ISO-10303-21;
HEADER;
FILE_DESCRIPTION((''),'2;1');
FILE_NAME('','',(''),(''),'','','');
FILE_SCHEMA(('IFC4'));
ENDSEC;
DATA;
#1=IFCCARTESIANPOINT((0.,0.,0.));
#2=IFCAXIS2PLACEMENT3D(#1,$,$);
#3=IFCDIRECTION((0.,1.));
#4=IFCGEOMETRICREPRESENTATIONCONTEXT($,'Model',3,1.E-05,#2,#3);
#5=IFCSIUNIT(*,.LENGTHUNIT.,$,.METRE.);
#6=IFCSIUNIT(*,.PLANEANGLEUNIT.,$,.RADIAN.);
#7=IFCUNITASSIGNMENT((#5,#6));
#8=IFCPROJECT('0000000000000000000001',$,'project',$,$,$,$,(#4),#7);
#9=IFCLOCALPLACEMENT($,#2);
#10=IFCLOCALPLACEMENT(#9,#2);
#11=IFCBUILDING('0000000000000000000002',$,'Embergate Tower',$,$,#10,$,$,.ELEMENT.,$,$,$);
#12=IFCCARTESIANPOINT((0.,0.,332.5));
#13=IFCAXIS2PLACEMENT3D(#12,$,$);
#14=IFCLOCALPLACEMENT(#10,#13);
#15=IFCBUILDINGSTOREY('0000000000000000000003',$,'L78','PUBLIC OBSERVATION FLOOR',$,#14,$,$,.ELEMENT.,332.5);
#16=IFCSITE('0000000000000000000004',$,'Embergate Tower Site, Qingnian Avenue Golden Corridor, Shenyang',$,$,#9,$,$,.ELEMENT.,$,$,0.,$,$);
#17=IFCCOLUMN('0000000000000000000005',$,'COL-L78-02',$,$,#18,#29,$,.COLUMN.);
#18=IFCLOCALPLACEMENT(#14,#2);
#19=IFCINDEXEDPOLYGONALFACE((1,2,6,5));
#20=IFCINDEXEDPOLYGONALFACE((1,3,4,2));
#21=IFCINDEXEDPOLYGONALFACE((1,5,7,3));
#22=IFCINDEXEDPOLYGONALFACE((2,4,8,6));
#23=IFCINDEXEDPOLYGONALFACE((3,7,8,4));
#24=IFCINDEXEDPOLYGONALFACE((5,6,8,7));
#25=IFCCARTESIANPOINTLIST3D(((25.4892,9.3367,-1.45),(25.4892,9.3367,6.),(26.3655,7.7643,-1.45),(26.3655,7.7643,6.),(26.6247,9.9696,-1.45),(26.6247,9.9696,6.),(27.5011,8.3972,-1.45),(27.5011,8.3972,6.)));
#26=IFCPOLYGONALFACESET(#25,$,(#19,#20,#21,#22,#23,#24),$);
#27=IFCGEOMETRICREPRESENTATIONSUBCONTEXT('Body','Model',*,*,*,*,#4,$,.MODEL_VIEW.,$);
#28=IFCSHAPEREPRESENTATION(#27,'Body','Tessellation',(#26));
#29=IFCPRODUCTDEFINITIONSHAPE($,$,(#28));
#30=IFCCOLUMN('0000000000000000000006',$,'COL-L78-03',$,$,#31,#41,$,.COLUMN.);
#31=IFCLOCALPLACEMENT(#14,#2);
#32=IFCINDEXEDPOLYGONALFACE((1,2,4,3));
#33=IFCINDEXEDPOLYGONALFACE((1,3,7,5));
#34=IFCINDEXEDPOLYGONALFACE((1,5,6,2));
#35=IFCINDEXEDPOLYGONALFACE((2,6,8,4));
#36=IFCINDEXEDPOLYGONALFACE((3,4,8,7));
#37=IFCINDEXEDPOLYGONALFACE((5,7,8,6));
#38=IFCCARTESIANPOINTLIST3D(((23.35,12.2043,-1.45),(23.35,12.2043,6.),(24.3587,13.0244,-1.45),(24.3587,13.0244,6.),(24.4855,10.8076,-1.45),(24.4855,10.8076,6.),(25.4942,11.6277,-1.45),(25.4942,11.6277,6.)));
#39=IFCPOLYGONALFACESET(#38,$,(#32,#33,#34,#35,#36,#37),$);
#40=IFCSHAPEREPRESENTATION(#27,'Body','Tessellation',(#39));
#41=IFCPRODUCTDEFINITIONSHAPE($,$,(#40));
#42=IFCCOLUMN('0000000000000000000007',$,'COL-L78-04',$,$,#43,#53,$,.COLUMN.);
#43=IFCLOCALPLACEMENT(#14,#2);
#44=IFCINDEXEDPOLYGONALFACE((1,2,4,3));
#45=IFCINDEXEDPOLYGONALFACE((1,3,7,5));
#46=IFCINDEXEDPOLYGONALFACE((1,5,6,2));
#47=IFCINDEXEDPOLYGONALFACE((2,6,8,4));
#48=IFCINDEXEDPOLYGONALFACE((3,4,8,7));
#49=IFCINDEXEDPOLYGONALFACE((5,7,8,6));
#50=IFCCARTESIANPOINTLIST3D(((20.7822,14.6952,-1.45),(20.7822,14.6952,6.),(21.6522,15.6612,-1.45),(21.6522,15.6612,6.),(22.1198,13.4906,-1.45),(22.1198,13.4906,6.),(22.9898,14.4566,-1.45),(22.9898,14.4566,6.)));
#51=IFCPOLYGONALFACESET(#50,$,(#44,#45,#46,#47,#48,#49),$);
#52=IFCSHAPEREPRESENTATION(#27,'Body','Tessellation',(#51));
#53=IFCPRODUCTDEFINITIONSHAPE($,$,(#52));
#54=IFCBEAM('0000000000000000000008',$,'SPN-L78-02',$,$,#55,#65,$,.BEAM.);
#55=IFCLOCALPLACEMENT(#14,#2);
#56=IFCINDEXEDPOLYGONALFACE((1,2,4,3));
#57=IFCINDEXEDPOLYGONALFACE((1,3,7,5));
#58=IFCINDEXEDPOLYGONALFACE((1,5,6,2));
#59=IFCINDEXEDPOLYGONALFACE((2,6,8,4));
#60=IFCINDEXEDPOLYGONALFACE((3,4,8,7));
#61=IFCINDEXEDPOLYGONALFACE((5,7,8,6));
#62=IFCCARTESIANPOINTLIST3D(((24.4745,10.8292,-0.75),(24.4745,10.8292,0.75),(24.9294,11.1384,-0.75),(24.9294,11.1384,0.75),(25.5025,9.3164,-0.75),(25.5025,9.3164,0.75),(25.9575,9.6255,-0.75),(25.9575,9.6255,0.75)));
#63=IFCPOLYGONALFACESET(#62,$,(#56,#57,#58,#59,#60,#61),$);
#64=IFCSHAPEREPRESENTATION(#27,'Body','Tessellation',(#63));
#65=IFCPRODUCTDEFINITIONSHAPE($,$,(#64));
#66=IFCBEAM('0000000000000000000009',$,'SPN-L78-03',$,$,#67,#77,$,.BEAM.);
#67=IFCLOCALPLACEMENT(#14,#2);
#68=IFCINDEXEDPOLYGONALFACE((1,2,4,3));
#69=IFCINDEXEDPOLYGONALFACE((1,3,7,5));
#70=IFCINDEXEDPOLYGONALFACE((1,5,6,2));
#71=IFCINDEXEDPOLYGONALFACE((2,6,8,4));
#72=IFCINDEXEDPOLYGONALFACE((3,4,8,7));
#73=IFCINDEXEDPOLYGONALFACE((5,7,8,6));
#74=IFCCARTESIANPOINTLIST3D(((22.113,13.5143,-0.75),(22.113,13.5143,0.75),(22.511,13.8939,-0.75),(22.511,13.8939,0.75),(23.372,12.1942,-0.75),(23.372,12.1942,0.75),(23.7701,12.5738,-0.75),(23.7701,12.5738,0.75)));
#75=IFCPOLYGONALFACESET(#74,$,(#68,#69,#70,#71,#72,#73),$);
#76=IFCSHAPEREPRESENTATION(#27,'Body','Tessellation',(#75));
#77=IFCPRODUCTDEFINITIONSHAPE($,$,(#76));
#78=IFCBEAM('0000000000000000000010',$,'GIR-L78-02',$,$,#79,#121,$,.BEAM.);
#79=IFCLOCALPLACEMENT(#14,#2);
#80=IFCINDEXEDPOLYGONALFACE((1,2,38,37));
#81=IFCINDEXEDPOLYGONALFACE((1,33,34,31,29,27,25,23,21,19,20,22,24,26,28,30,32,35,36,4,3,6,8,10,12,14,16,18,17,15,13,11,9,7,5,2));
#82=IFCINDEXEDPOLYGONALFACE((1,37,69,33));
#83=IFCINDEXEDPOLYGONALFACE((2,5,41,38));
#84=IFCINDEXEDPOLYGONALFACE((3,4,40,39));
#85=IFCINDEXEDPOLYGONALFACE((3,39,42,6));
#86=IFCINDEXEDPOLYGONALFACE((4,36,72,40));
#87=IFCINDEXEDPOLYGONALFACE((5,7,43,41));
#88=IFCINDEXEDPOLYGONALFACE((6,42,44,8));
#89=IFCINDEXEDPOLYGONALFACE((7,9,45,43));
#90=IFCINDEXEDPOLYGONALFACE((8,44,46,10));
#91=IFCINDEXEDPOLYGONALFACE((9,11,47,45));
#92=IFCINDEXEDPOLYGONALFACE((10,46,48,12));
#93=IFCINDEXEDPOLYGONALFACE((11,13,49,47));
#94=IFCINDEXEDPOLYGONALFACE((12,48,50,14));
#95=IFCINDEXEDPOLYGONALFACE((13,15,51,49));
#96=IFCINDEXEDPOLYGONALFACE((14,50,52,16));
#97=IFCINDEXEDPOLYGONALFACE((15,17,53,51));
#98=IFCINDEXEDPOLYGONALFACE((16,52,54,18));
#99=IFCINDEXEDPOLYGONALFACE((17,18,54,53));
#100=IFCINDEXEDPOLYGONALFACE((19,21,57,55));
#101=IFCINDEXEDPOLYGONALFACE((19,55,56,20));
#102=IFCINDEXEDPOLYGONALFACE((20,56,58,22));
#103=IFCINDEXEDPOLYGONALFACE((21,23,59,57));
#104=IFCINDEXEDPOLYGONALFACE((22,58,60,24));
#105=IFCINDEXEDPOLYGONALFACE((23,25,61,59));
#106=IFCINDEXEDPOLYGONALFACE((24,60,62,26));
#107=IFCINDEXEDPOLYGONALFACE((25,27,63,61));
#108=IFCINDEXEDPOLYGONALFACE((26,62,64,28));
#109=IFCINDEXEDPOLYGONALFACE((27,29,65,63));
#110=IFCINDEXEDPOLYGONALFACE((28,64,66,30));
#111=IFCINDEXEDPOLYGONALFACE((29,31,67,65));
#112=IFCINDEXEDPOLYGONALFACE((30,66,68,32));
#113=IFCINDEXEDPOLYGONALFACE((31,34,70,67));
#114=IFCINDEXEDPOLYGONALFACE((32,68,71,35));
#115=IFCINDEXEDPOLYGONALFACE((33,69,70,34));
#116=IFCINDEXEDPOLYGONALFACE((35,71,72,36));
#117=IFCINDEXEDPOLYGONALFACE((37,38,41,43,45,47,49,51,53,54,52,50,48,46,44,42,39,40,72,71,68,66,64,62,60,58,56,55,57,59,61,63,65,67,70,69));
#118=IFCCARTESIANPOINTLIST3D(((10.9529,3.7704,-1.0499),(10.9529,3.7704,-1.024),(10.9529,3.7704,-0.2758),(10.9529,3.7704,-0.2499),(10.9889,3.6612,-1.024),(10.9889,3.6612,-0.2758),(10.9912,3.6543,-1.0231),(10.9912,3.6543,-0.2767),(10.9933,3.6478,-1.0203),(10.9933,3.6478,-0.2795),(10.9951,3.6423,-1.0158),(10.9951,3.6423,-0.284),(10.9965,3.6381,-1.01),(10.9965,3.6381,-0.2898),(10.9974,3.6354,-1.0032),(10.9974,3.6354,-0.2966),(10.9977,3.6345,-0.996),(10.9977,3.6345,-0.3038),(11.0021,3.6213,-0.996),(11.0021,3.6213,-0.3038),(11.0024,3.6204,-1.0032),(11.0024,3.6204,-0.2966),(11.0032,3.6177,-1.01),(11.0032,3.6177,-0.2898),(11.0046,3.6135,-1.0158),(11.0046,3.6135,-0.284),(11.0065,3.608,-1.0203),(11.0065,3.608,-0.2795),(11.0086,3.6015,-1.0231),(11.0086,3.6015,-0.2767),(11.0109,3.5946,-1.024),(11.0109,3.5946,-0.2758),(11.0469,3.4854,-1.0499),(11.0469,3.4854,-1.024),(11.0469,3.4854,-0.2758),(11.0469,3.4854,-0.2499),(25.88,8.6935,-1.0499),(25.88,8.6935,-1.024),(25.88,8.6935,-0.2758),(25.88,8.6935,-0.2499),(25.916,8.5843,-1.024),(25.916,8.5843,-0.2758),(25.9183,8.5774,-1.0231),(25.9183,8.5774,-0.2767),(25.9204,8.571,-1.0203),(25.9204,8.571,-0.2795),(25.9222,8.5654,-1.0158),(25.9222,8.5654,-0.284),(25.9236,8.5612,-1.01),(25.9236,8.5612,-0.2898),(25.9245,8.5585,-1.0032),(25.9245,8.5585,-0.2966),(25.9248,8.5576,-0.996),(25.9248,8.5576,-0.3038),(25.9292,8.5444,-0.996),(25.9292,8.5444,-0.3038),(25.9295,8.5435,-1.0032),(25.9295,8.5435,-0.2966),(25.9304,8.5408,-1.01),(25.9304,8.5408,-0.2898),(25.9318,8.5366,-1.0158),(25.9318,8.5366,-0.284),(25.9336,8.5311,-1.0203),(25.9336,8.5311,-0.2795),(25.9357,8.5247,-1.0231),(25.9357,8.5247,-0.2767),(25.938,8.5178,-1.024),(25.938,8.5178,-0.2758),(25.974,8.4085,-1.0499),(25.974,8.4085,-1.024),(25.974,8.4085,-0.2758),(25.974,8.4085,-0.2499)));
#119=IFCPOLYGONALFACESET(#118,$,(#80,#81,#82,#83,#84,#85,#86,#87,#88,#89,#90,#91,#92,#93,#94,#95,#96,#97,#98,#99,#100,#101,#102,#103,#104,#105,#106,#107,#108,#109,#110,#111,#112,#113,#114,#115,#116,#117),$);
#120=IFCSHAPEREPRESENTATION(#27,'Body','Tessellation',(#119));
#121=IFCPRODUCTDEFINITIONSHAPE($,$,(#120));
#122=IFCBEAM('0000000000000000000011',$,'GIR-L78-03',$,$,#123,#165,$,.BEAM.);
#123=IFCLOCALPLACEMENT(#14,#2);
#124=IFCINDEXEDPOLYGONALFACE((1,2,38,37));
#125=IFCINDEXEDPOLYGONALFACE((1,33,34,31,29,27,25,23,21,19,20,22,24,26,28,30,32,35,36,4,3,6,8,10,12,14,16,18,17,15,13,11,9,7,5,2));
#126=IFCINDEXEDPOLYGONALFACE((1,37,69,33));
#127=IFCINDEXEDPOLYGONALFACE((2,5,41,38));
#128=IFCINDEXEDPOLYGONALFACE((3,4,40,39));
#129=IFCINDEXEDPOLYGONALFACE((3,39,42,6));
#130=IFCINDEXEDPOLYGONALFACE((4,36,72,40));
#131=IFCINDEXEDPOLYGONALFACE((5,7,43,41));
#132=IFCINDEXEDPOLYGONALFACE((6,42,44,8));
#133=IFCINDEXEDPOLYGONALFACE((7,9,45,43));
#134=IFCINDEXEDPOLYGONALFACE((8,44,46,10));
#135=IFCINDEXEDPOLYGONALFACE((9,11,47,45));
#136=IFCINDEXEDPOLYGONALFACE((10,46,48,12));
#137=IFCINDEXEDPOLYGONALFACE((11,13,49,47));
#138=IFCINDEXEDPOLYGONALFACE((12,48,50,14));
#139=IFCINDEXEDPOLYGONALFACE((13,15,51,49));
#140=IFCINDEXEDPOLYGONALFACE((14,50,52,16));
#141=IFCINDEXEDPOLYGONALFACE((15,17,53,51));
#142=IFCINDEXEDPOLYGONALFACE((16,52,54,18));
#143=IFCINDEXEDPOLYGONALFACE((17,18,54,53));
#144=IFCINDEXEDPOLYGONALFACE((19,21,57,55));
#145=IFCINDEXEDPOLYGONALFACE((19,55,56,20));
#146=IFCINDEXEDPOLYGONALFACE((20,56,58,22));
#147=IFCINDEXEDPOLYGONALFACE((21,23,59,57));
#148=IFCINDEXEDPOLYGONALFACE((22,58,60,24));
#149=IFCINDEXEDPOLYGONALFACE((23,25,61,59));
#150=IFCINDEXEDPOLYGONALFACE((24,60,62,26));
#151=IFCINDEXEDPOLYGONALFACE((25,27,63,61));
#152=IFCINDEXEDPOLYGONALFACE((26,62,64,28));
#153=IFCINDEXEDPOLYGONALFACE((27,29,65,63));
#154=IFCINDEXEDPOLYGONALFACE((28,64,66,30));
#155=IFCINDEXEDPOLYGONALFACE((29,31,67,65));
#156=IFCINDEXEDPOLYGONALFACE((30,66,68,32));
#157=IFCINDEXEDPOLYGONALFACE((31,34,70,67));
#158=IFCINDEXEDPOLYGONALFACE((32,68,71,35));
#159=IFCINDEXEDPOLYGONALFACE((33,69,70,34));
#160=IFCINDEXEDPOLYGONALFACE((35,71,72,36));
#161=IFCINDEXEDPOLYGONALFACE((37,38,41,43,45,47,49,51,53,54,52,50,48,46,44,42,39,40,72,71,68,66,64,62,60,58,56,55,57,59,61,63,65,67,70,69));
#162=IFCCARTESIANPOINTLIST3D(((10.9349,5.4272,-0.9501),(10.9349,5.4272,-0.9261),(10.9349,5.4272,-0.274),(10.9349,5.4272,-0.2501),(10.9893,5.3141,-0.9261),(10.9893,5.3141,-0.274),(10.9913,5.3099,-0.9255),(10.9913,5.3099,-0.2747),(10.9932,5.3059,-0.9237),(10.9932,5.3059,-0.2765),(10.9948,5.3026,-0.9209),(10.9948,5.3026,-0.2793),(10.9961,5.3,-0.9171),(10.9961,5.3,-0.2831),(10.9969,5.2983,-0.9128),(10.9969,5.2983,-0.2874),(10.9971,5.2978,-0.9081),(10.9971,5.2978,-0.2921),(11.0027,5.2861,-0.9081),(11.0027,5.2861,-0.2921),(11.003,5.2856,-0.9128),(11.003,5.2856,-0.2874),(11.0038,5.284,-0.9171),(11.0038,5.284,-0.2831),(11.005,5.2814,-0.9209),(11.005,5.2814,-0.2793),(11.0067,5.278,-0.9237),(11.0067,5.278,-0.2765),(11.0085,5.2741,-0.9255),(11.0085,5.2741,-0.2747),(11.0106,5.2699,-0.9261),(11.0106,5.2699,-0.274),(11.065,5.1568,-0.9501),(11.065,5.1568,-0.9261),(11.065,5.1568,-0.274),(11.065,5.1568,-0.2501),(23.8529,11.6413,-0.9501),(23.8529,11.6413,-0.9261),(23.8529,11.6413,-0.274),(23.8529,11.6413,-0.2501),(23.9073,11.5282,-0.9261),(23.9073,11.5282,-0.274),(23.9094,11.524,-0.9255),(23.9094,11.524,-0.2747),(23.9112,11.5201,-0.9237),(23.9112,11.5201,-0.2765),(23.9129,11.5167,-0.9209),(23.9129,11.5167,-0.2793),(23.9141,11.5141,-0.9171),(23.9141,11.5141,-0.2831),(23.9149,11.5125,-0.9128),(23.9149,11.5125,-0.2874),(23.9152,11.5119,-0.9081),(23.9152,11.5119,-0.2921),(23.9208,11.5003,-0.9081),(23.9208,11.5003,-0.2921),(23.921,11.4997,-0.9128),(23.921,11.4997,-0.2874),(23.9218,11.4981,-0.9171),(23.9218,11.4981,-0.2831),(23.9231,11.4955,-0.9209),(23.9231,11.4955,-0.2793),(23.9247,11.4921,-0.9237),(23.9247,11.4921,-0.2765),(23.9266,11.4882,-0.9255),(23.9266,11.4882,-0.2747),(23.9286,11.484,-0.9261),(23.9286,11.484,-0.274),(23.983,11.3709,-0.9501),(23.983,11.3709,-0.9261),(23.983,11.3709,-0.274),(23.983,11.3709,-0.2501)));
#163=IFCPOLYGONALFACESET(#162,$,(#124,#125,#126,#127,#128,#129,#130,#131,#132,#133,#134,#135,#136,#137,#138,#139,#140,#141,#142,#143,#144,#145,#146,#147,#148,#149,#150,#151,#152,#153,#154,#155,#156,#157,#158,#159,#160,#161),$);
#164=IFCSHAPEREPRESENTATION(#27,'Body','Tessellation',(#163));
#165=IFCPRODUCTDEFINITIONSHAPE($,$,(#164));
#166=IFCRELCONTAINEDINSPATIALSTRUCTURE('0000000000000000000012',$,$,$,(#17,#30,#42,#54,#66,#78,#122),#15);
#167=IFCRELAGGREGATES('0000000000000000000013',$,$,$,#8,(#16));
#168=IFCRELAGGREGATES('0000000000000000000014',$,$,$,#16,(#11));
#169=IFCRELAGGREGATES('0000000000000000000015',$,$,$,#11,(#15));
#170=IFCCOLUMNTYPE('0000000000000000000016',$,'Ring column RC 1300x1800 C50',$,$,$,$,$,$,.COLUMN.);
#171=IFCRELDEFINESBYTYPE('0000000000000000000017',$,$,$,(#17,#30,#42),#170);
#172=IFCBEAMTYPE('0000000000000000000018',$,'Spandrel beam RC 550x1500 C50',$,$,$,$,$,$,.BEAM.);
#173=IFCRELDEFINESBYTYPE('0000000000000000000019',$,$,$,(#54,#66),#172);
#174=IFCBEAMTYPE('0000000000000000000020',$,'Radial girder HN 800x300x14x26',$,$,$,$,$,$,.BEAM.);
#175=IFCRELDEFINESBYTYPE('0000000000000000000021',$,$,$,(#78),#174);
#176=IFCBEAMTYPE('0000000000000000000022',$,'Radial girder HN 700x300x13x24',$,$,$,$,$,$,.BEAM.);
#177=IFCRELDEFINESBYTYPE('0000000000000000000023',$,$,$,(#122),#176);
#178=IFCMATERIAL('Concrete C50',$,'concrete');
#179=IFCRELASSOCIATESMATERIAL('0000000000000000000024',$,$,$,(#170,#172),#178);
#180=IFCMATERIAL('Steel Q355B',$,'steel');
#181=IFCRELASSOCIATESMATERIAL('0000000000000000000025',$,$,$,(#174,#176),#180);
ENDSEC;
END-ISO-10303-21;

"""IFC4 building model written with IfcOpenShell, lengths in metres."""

from ifc_helpers import new_model, si_unit, direction, frame, origin, origin_2d, place, context, subcontext, project, spatial, rectangle, i_section, extrude, source, transform, mapped, material, material_profile, profile_set, type_object, element, save


model = new_model("IFC4")

# Units and contexts
model_context = context("Model", 3, precision=1e-05, world=origin(), true_north=direction((0.0, 1.0)))
body_context = subcontext(model_context, "Body", "Model", "MODEL_VIEW")
ifc_project = project(units=[si_unit("LENGTHUNIT", "METRE"), si_unit("PLANEANGLEUNIT", "RADIAN")], contexts=[model_context])

# Site, building, storey
site_placement = place(None, origin())
site = spatial("IfcSite", under=ifc_project, at=site_placement, Name="Embergate Tower Site, Qingnian Avenue Golden Corridor, Shenyang", CompositionType="ELEMENT", RefElevation=0.0)
building_placement = place(site_placement, origin())
building = spatial("IfcBuilding", under=site, at=building_placement, Name="Embergate Tower", CompositionType="ELEMENT")
storey_placement = place(building_placement, frame((0.0, 0.0, 332.5)))
storey = spatial("IfcBuildingStorey", under=building, at=storey_placement, Name="L78", Description="PUBLIC OBSERVATION FLOOR", CompositionType="ELEMENT", Elevation=332.5)

# Columns
ifc_material_1 = material(Name="Concrete C50", Category="concrete")
ifc_material_profile_1 = material_profile(ifc_material_1, rectangle(XDim=1.3, YDim=1.8, at=origin_2d()), Name="RC 1300x1800")
ifc_profile_set_1 = profile_set([ifc_material_profile_1], Name="Concrete C50")
column_type = type_object("IfcColumnType", Name="Ring column RC 1300x1800 C50", PredefinedType="COLUMN", material=ifc_profile_set_1)
shared_shape_1 = source(origin(), body_context, "Body", "SweptSolid", [
    extrude(rectangle(XDim=1.3, YDim=1.8, at=origin_2d()), origin(), (0.0, 0.0, 1.0), 7.45),
])
for number, where, z_axis, x_axis, name in (
    (1, (26.4951, 8.8669, -1.45), (0.0, 0.0, 1.0), (0.873492, 0.486839, 0.0), "COL-L78-02"),
    (2, (24.4221, 11.916, -1.45), (0.0, 0.0, 1.0), (0.775925, 0.630825, 0.0), "COL-L78-03"),
    (3, (21.886, 14.5759, -1.45), (0.0, 0.0, 1.0), (0.669208, 0.743075, 0.0), "COL-L78-04"),
):
    element("IfcColumn", number, at=place(storey_placement, frame(where, z_axis=z_axis, x_axis=x_axis)), inside=storey, type_object=column_type, Name=name, PredefinedType="COLUMN", context=body_context, shape_type="MappedRepresentation", body=[
        mapped(shared_shape_1, transform((0.0, 0.0, 0.0))),
    ])

# Beams
ifc_material_profile_2 = material_profile(ifc_material_1, rectangle(XDim=0.55, YDim=1.5, at=origin_2d()), Name="RC 550x1500")
ifc_profile_set_2 = profile_set([ifc_material_profile_2], Name="Concrete C50")
beam_type_1 = type_object("IfcBeamType", Name="Spandrel beam RC 550x1500 C50", PredefinedType="BEAM", material=ifc_profile_set_2)
shared_shape_2 = source(origin(), body_context, "Body", "SweptSolid", [
    extrude(rectangle(XDim=0.55, YDim=1.5, at=origin_2d()), origin(), (0.0, 0.0, 1.0), 1.8291),
])
beam_1_placement = place(storey_placement, frame((25.73, 9.4709, 0.0), z_axis=(-0.56204, 0.82711, 0.0), x_axis=(-0.82711, -0.56204, 0.0)))
element("IfcBeam", 4, at=beam_1_placement, inside=storey, type_object=beam_type_1, Name="SPN-L78-02", PredefinedType="BEAM", context=body_context, shape_type="MappedRepresentation", body=[
    mapped(shared_shape_2, transform((0.0, 0.0, 0.0))),
])
shared_shape_3 = source(origin(), body_context, "Body", "SweptSolid", [
    extrude(rectangle(XDim=0.55, YDim=1.5, at=origin_2d()), origin(), (0.0, 0.0, 1.0), 1.8242),
])
beam_2_placement = place(storey_placement, frame((23.571, 12.384, 0.0), z_axis=(-0.69018, 0.723638, 0.0), x_axis=(-0.723638, -0.69018, 0.0)))
element("IfcBeam", 5, at=beam_2_placement, inside=storey, type_object=beam_type_1, Name="SPN-L78-03", PredefinedType="BEAM", context=body_context, shape_type="MappedRepresentation", body=[
    mapped(shared_shape_3, transform((0.0, 0.0, 0.0))),
])
ifc_material_2 = material(Name="Steel Q355B", Category="steel")
ifc_material_profile_3 = material_profile(ifc_material_2, i_section(OverallWidth=0.3, OverallDepth=0.8, WebThickness=0.0139, FlangeThickness=0.0259, FilletRadius=0.0281, at=origin_2d()), Name="HN 800x300x14x26")
ifc_profile_set_3 = profile_set([ifc_material_profile_3], Name="Steel Q355 grade B")
beam_type_2 = type_object("IfcBeamType", Name="Radial girder HN 800x300x14x26", PredefinedType="BEAM", material=ifc_profile_set_3)
shared_shape_4 = source(origin(), body_context, "Body", "SweptSolid", [
    extrude(i_section(OverallWidth=0.3, OverallDepth=0.8, WebThickness=0.0139, FlangeThickness=0.0259, FilletRadius=0.0281, at=origin_2d()), origin(), (0.0, 0.0, 1.0), 15.718),
])
beam_3_placement = place(storey_placement, frame((25.927, 8.551, -0.6499), z_axis=(-0.949682, -0.313216, 0.0), x_axis=(0.313216, -0.949682, 0.0)))
element("IfcBeam", 6, at=beam_3_placement, inside=storey, type_object=beam_type_2, Name="GIR-L78-02", PredefinedType="BEAM", context=body_context, shape_type="MappedRepresentation", body=[
    mapped(shared_shape_4, transform((0.0, 0.0, 0.0))),
])
ifc_material_profile_4 = material_profile(ifc_material_2, i_section(OverallWidth=0.3, OverallDepth=0.7, WebThickness=0.0129, FlangeThickness=0.0239, FilletRadius=0.0181, at=origin_2d()), Name="HN 700x300x13x24")
ifc_profile_set_4 = profile_set([ifc_material_profile_4], Name="Steel Q355 grade B")
beam_type_3 = type_object("IfcBeamType", Name="Radial girder HN 700x300x13x24", PredefinedType="BEAM", material=ifc_profile_set_4)
shared_shape_5 = source(origin(), body_context, "Body", "SweptSolid", [
    extrude(i_section(OverallWidth=0.3, OverallDepth=0.7, WebThickness=0.0129, FlangeThickness=0.0239, FilletRadius=0.0181, at=origin_2d()), origin(), (0.0, 0.0, 1.0), 14.335),
])
beam_4_placement = place(storey_placement, frame((23.918, 11.5061, -0.6001), z_axis=(-0.901156, -0.433496, 0.0), x_axis=(0.433496, -0.901156, 0.0)))
element("IfcBeam", 7, at=beam_4_placement, inside=storey, type_object=beam_type_3, Name="GIR-L78-03", PredefinedType="BEAM", context=body_context, shape_type="MappedRepresentation", body=[
    mapped(shared_shape_5, transform((0.0, 0.0, 0.0))),
])

save(model, "model.ifc")
